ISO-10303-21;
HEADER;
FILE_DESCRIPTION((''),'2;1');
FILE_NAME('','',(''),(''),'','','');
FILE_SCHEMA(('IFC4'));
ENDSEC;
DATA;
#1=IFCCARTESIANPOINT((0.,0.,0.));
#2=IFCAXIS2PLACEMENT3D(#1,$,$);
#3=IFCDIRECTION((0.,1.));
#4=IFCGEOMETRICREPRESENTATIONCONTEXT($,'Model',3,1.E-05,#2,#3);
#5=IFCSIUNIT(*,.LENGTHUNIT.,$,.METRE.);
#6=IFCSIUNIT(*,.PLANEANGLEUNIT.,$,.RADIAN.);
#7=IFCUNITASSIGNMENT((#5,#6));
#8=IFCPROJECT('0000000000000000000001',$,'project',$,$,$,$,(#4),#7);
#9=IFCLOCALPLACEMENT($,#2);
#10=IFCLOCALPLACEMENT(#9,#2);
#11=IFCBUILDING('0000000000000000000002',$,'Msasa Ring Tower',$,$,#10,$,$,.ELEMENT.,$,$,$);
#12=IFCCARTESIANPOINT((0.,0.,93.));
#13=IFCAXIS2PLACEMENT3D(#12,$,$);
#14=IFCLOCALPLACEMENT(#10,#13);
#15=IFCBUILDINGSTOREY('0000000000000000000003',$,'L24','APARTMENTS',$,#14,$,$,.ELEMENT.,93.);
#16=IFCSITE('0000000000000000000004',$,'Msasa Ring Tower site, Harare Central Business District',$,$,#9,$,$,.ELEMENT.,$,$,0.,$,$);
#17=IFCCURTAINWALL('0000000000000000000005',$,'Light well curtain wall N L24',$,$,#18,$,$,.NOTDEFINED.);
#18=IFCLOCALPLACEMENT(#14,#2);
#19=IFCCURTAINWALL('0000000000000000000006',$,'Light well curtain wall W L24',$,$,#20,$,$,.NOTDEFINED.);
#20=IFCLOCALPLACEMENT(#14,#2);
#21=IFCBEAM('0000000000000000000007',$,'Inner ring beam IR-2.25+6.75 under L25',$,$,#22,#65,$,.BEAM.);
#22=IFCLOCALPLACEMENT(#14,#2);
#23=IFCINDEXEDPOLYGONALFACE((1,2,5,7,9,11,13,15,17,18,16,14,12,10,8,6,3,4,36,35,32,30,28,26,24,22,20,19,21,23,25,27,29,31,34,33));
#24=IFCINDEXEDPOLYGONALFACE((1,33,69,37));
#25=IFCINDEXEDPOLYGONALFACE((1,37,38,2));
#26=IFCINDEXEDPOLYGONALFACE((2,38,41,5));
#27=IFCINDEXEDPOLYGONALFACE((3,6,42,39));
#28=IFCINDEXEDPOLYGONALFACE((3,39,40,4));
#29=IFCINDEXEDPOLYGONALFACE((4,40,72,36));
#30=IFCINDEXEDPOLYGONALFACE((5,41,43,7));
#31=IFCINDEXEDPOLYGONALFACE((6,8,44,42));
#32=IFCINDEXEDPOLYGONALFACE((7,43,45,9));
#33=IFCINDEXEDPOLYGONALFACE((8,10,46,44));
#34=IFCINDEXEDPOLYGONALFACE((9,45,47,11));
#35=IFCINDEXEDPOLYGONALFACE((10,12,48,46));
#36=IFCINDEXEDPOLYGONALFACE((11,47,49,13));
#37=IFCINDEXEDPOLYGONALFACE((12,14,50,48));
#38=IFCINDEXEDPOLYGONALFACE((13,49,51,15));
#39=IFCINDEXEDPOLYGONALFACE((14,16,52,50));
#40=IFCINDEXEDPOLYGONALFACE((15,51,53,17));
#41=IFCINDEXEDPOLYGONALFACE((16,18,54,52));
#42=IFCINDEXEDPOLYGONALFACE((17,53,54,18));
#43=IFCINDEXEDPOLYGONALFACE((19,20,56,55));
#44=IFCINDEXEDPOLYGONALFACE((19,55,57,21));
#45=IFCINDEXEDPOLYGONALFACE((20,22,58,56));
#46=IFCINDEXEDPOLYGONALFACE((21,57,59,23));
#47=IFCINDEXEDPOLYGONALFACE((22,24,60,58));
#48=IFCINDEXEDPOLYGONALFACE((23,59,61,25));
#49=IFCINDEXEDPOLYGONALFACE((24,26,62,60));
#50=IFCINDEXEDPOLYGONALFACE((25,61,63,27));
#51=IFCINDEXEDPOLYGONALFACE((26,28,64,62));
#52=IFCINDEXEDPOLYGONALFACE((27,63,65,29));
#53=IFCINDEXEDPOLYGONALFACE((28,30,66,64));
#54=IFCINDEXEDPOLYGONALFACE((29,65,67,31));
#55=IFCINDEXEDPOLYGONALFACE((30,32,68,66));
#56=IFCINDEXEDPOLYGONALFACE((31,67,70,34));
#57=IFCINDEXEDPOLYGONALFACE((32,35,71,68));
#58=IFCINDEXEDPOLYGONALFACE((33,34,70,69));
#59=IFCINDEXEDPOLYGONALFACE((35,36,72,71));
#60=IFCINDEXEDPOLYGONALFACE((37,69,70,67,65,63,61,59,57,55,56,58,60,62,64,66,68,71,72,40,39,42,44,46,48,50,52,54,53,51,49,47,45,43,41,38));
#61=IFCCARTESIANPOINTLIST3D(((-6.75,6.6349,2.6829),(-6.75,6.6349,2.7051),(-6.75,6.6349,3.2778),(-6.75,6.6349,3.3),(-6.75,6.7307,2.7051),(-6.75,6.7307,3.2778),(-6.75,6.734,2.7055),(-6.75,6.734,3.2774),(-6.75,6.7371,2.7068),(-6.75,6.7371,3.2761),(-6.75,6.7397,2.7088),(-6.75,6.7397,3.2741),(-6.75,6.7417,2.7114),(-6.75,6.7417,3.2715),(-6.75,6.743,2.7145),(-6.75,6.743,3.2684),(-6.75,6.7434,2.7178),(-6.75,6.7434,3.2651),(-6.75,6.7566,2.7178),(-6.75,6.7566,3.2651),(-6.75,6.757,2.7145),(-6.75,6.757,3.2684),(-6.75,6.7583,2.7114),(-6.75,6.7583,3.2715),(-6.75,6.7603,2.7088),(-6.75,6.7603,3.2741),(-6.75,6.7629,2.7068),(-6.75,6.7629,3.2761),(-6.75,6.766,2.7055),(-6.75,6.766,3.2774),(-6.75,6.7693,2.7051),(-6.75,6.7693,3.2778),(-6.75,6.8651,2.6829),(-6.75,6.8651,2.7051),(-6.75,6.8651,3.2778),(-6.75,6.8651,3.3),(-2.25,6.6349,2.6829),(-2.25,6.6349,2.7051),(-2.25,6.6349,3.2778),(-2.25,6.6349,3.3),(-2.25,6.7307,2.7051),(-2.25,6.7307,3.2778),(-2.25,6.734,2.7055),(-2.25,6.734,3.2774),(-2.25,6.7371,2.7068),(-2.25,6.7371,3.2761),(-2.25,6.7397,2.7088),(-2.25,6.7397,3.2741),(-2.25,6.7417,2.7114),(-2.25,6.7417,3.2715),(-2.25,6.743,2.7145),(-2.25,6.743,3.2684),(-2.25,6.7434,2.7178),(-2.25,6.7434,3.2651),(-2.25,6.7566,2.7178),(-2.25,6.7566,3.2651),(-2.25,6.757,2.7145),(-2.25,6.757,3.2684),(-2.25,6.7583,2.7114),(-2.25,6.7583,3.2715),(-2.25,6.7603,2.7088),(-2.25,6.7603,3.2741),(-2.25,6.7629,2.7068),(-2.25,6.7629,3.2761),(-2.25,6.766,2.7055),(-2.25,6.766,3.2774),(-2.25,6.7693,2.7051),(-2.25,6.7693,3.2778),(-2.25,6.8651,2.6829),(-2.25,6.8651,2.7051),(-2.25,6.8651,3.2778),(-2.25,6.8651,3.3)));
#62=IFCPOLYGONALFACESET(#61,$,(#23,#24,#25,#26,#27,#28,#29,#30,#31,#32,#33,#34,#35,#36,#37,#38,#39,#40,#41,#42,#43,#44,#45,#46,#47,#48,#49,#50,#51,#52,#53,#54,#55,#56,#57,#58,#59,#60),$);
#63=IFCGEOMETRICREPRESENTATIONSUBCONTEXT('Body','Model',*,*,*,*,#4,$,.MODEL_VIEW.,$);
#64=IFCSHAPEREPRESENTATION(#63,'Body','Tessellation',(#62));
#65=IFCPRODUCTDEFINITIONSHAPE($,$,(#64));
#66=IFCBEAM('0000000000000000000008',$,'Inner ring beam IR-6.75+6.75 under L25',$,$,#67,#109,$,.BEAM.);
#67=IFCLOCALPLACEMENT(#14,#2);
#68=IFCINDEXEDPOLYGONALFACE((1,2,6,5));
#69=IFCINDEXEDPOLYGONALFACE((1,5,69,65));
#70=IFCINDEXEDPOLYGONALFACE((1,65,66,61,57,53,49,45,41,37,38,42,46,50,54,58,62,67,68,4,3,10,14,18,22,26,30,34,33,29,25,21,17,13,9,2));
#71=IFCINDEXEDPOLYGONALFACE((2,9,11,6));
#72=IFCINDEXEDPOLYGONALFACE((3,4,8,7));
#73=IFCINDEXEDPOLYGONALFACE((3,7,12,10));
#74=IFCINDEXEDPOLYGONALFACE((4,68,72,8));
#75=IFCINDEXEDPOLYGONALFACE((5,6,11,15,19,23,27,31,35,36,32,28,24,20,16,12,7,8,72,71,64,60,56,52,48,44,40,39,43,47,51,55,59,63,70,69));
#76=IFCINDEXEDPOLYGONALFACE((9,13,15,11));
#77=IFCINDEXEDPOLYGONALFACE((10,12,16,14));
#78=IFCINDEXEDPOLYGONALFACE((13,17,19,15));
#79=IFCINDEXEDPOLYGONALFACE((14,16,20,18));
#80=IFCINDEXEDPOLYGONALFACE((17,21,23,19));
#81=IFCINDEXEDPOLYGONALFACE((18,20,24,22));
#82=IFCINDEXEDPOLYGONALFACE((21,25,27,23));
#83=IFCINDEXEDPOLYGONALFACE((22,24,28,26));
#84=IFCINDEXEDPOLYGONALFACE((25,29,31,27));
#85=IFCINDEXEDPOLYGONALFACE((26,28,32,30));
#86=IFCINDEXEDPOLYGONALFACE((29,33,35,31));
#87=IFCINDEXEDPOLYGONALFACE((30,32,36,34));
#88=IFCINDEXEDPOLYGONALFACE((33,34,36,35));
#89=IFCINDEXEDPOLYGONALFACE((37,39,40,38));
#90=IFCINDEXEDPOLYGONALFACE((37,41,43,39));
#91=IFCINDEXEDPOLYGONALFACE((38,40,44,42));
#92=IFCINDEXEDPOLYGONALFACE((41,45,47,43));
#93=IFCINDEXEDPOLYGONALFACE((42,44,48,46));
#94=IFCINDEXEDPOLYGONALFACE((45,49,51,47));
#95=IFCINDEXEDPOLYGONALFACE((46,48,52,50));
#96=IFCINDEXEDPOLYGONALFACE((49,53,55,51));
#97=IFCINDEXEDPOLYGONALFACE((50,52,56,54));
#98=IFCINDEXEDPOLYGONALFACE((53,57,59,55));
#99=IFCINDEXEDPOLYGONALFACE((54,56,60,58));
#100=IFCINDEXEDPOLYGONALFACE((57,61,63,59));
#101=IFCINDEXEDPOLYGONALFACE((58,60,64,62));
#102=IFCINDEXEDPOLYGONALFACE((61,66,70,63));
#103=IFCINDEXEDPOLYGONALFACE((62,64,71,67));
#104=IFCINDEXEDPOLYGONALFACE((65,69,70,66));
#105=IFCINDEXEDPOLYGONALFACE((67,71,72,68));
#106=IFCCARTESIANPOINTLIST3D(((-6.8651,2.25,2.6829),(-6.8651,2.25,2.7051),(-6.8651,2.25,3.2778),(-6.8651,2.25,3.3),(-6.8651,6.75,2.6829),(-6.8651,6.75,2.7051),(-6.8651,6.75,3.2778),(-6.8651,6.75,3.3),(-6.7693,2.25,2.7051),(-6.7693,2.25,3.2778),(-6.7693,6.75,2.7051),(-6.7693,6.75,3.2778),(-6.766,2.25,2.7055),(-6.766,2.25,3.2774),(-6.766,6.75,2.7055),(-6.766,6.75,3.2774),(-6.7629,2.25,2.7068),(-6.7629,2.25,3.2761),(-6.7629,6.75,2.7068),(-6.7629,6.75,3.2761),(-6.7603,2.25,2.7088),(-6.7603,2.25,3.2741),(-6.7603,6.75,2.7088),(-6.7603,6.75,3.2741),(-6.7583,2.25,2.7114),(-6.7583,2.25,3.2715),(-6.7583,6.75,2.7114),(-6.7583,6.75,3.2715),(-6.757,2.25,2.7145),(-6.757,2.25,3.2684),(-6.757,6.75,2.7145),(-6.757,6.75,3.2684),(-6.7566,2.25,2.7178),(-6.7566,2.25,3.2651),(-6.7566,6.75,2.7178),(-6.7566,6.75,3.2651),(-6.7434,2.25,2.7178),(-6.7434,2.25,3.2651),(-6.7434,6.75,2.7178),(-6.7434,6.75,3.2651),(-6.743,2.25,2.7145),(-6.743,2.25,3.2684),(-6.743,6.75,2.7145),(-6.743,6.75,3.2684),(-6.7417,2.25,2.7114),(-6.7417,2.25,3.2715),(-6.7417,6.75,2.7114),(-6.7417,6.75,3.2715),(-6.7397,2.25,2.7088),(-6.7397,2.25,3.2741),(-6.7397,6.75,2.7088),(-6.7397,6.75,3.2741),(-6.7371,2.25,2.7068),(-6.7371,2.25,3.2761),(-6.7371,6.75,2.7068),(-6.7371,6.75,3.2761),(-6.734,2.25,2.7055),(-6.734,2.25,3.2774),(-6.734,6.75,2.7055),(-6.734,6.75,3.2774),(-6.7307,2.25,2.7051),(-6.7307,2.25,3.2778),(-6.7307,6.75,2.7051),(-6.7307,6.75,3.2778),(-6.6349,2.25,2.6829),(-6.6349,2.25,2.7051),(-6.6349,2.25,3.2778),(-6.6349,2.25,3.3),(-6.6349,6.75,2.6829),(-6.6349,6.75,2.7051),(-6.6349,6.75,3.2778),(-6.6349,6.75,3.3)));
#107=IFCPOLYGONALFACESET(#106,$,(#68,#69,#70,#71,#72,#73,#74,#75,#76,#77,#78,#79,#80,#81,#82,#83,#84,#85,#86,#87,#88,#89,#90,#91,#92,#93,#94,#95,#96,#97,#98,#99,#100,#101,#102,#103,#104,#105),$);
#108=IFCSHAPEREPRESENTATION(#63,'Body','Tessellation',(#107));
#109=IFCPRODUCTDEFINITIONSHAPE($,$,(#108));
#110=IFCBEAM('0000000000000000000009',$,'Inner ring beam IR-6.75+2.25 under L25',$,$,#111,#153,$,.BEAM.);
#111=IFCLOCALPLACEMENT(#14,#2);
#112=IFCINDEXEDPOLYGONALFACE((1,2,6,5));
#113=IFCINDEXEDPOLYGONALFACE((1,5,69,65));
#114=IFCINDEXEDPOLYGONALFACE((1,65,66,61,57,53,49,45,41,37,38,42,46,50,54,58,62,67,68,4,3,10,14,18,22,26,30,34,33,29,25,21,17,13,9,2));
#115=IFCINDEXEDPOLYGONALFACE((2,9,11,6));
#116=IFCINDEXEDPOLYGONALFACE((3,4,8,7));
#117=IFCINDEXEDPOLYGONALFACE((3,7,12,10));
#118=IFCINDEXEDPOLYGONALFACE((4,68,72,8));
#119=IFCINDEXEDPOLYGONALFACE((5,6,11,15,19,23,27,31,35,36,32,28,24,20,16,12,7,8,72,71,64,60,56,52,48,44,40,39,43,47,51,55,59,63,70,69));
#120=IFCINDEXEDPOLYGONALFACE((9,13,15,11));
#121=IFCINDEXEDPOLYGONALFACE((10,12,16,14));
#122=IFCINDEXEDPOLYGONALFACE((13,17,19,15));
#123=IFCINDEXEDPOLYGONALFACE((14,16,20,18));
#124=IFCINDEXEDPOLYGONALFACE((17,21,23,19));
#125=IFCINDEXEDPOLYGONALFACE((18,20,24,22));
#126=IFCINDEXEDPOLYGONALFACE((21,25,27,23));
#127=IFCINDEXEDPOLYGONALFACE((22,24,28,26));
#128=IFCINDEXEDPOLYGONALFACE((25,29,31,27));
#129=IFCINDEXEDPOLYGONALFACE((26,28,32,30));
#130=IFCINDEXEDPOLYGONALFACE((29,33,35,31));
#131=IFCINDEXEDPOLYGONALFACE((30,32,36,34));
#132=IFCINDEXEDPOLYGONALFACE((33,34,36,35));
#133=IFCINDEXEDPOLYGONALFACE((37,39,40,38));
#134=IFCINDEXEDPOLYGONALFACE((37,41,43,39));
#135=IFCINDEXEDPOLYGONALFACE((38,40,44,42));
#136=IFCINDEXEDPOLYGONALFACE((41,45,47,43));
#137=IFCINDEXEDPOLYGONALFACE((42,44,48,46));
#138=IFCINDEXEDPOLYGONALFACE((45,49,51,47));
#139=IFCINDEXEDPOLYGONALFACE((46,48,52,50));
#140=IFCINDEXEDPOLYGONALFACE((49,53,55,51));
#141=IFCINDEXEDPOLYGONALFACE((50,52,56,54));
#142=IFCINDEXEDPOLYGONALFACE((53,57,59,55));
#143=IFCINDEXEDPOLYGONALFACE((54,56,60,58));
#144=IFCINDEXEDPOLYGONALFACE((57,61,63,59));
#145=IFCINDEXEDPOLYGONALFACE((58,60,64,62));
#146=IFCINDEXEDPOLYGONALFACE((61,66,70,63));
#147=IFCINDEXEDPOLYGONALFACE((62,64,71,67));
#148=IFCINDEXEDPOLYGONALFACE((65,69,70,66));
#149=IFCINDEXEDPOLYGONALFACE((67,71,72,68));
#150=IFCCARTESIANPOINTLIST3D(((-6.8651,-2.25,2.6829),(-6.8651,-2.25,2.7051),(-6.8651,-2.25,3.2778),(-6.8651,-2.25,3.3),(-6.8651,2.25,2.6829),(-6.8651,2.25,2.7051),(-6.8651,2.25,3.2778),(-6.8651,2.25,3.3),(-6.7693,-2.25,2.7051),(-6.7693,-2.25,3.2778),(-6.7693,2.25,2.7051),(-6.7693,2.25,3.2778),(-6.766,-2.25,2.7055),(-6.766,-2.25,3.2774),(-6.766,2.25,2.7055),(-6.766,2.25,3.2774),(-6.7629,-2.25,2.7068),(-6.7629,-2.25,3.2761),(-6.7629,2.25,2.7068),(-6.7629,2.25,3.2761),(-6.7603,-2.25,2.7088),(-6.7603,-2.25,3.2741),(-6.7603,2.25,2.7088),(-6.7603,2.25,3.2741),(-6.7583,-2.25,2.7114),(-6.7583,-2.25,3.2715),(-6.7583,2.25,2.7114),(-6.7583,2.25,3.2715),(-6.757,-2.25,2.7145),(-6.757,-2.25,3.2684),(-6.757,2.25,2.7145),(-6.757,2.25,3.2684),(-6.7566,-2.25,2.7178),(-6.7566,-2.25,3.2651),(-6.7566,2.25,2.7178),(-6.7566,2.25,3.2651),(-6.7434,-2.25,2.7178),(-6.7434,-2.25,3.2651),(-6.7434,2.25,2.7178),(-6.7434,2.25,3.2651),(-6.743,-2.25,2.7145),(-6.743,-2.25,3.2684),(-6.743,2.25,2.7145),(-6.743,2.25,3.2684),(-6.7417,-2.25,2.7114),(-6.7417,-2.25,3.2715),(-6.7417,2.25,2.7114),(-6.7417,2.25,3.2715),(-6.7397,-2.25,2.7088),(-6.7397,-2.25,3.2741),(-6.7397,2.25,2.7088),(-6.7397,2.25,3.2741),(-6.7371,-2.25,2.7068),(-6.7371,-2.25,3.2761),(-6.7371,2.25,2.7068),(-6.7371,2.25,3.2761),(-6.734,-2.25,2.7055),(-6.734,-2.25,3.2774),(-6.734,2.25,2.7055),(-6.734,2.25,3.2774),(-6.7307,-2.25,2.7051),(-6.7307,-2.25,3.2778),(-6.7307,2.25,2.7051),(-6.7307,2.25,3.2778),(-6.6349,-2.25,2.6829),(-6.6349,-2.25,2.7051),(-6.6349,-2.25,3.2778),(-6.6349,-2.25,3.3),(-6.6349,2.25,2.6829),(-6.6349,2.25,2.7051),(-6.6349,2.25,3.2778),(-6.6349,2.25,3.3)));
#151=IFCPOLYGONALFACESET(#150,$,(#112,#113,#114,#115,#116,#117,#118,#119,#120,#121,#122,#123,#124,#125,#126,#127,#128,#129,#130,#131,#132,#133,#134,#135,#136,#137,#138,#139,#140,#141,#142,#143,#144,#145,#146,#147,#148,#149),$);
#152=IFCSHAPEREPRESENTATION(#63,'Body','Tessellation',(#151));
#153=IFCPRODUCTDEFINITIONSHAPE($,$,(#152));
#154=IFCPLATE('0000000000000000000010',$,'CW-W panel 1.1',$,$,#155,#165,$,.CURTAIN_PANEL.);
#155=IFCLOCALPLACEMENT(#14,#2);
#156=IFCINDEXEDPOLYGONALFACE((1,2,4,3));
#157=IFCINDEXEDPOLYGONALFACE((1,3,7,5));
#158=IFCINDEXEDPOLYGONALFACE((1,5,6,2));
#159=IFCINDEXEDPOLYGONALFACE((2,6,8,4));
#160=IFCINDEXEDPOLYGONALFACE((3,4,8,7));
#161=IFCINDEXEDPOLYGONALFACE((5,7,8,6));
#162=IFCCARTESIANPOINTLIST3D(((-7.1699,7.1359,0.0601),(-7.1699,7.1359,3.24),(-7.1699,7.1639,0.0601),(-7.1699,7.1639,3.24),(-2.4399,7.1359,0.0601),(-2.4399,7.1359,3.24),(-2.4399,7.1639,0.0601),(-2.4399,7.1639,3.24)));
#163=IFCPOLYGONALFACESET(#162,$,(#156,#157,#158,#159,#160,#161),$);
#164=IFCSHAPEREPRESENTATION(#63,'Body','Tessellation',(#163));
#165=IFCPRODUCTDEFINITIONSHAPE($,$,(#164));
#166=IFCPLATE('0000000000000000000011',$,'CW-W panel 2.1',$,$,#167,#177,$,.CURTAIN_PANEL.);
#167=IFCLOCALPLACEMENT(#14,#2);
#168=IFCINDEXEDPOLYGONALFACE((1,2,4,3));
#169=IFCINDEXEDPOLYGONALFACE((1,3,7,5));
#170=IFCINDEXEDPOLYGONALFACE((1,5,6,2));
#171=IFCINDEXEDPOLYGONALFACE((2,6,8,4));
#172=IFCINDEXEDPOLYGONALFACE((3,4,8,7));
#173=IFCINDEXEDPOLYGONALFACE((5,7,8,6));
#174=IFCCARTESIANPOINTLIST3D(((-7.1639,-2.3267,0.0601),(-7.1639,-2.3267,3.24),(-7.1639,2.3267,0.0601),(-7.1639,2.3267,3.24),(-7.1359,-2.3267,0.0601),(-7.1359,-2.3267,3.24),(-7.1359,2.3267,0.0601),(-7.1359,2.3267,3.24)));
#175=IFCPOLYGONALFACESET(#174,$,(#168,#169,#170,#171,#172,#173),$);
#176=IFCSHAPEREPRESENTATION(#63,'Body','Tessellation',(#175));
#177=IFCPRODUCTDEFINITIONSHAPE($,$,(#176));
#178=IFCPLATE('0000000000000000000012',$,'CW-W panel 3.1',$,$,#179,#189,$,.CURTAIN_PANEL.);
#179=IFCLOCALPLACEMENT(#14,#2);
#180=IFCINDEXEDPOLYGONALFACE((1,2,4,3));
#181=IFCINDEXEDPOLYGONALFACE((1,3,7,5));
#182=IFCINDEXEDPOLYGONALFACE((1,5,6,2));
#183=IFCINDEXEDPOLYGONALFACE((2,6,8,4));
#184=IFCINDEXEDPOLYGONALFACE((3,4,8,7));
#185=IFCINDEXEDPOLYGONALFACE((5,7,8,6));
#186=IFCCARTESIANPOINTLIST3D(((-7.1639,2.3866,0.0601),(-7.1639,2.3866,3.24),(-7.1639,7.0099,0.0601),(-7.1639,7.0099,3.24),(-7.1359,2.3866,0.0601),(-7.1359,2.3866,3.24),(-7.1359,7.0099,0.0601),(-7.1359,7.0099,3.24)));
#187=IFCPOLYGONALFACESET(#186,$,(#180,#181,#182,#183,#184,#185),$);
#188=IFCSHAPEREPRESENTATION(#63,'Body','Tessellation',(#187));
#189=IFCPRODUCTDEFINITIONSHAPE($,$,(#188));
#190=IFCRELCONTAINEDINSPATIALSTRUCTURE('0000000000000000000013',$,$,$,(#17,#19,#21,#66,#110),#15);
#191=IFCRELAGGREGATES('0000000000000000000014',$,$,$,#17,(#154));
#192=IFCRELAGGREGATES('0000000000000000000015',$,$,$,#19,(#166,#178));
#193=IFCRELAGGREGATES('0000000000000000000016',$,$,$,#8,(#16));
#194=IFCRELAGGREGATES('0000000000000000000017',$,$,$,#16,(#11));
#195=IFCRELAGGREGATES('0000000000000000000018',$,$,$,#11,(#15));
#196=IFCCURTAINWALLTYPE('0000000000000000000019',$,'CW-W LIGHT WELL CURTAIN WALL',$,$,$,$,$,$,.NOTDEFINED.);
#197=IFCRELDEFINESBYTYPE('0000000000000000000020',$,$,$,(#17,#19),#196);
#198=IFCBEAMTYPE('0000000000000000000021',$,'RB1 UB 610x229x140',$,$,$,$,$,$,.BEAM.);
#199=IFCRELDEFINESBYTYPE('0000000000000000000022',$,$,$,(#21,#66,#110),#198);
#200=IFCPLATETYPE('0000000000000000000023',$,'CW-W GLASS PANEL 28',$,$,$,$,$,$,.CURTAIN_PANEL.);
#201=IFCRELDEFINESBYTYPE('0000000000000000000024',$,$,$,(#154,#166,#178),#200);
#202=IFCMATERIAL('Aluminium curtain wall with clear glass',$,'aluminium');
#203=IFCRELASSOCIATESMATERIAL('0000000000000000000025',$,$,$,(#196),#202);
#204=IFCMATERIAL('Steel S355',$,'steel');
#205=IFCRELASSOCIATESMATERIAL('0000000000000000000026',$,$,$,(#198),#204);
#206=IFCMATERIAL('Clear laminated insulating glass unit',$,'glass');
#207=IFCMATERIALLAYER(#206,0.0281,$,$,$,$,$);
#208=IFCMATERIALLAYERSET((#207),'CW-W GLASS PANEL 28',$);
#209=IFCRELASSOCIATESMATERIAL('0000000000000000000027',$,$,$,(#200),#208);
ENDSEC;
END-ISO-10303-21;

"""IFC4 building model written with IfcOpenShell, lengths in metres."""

from ifc_helpers import new_model, si_unit, direction, frame, origin, origin_2d, place, context, subcontext, project, spatial, rectangle, i_section, extrude, material, layer, layer_set, material_profile, profile_set, type_object, element, aggregate, save


model = new_model("IFC4")

# Units and contexts
model_context = context("Model", 3, precision=1e-05, world=origin(), true_north=direction((0.0, 1.0)))
body_context = subcontext(model_context, "Body", "Model", "MODEL_VIEW")
ifc_project = project(units=[si_unit("LENGTHUNIT", "METRE"), si_unit("PLANEANGLEUNIT", "RADIAN")], contexts=[model_context])

# Site, building, storey
site_placement = place(None, origin())
site = spatial("IfcSite", under=ifc_project, at=site_placement, Name="Msasa Ring Tower site, Harare Central Business District", CompositionType="ELEMENT", RefElevation=0.0)
building_placement = place(site_placement, origin())
building = spatial("IfcBuilding", under=site, at=building_placement, Name="Msasa Ring Tower", CompositionType="ELEMENT")
storey_placement = place(building_placement, frame((0.0, 0.0, 93.0)))
storey = spatial("IfcBuildingStorey", under=building, at=storey_placement, Name="L24", Description="APARTMENTS", CompositionType="ELEMENT", Elevation=93.0)

# Curtain walls
ifc_material_1 = material(Name="Aluminium curtain wall with clear glass", Category="aluminium")
curtain_wall_type = type_object("IfcCurtainWallType", Name="CW-W LIGHT WELL CURTAIN WALL", PredefinedType="NOTDEFINED", material=ifc_material_1)
curtain_wall_1_placement = place(storey_placement, origin())
curtain_wall_1 = element("IfcCurtainWall", 1, at=curtain_wall_1_placement, inside=storey, type_object=curtain_wall_type, Name="Light well curtain wall N L24", PredefinedType="NOTDEFINED")
curtain_wall_2_placement = place(storey_placement, origin())
curtain_wall_2 = element("IfcCurtainWall", 2, at=curtain_wall_2_placement, inside=storey, type_object=curtain_wall_type, Name="Light well curtain wall W L24", PredefinedType="NOTDEFINED")

# Beams
ifc_material_2 = material(Name="Steel S355", Category="steel")
ifc_material_profile_1 = material_profile(ifc_material_2, i_section(OverallWidth=0.2302, OverallDepth=0.6172, WebThickness=0.0132, FlangeThickness=0.0222, FilletRadius=0.0127, at=origin_2d()), Name="UB 610x229x140")
ifc_profile_set_1 = profile_set([ifc_material_profile_1], Name="Steel S355")
beam_type = type_object("IfcBeamType", Name="RB1 UB 610x229x140", PredefinedType="BEAM", material=ifc_profile_set_1)
for number, where, z_axis, x_axis, name in (
    (3, (-2.25, 6.75, 2.9915), (-1.0, 0.0, 0.0), (0.0, -1.0, 0.0), "Inner ring beam IR-2.25+6.75 under L25"),
    (4, (-6.75, 6.75, 2.9915), (0.0, -1.0, 0.0), (1.0, 0.0, 0.0), "Inner ring beam IR-6.75+6.75 under L25"),
    (5, (-6.75, 2.25, 2.9915), (0.0, -1.0, 0.0), (1.0, 0.0, 0.0), "Inner ring beam IR-6.75+2.25 under L25"),
):
    element("IfcBeam", number, at=place(storey_placement, frame(where, z_axis=z_axis, x_axis=x_axis)), inside=storey, type_object=beam_type, Name=name, PredefinedType="BEAM", context=body_context, shape_type="SweptSolid", body=[
        extrude(i_section(OverallWidth=0.2302, OverallDepth=0.6172, WebThickness=0.0132, FlangeThickness=0.0222, FilletRadius=0.0127, at=origin_2d()), origin(), (0.0, 0.0, 1.0), 4.5),
    ])

# Plates
ifc_material_3 = material(Name="Clear laminated insulating glass unit", Category="glass")
ifc_layer_1 = layer(ifc_material_3, 0.0281)
ifc_layer_set_1 = layer_set([ifc_layer_1], Name="CW-W GLASS PANEL 28")
plate_type = type_object("IfcPlateType", Name="CW-W GLASS PANEL 28", PredefinedType="CURTAIN_PANEL", material=ifc_layer_set_1)
plate_1_placement = place(storey_placement, frame((-4.8049, 7.1499, 0.0601), z_axis=(0.0, 0.0, 1.0), x_axis=(1.0, 0.0, 0.0)))
plate_1 = element("IfcPlate", 6, at=plate_1_placement, type_object=plate_type, Name="CW-W panel 1.1", PredefinedType="CURTAIN_PANEL", context=body_context, shape_type="SweptSolid", body=[
    extrude(rectangle(XDim=4.73, YDim=0.0281, at=origin_2d()), origin(), (0.0, 0.0, 1.0), 3.1799),
])
aggregate(curtain_wall_1, [plate_1])
plate_2_placement = place(storey_placement, frame((-7.1499, 0.0, 0.0601), z_axis=(0.0, 0.0, 1.0), x_axis=(0.0, 1.0, 0.0)))
plate_2 = element("IfcPlate", 7, at=plate_2_placement, type_object=plate_type, Name="CW-W panel 2.1", PredefinedType="CURTAIN_PANEL", context=body_context, shape_type="SweptSolid", body=[
    extrude(rectangle(XDim=4.6533, YDim=0.0281, at=origin_2d()), origin(), (0.0, 0.0, 1.0), 3.1799),
])
plate_3_placement = place(storey_placement, frame((-7.1499, 4.6982, 0.0601), z_axis=(0.0, 0.0, 1.0), x_axis=(0.0, 1.0, 0.0)))
plate_3 = element("IfcPlate", 8, at=plate_3_placement, type_object=plate_type, Name="CW-W panel 3.1", PredefinedType="CURTAIN_PANEL", context=body_context, shape_type="SweptSolid", body=[
    extrude(rectangle(XDim=4.6233, YDim=0.0281, at=origin_2d()), origin(), (0.0, 0.0, 1.0), 3.1799),
])
aggregate(curtain_wall_2, [plate_2, plate_3])

save(model, "model.ifc")
